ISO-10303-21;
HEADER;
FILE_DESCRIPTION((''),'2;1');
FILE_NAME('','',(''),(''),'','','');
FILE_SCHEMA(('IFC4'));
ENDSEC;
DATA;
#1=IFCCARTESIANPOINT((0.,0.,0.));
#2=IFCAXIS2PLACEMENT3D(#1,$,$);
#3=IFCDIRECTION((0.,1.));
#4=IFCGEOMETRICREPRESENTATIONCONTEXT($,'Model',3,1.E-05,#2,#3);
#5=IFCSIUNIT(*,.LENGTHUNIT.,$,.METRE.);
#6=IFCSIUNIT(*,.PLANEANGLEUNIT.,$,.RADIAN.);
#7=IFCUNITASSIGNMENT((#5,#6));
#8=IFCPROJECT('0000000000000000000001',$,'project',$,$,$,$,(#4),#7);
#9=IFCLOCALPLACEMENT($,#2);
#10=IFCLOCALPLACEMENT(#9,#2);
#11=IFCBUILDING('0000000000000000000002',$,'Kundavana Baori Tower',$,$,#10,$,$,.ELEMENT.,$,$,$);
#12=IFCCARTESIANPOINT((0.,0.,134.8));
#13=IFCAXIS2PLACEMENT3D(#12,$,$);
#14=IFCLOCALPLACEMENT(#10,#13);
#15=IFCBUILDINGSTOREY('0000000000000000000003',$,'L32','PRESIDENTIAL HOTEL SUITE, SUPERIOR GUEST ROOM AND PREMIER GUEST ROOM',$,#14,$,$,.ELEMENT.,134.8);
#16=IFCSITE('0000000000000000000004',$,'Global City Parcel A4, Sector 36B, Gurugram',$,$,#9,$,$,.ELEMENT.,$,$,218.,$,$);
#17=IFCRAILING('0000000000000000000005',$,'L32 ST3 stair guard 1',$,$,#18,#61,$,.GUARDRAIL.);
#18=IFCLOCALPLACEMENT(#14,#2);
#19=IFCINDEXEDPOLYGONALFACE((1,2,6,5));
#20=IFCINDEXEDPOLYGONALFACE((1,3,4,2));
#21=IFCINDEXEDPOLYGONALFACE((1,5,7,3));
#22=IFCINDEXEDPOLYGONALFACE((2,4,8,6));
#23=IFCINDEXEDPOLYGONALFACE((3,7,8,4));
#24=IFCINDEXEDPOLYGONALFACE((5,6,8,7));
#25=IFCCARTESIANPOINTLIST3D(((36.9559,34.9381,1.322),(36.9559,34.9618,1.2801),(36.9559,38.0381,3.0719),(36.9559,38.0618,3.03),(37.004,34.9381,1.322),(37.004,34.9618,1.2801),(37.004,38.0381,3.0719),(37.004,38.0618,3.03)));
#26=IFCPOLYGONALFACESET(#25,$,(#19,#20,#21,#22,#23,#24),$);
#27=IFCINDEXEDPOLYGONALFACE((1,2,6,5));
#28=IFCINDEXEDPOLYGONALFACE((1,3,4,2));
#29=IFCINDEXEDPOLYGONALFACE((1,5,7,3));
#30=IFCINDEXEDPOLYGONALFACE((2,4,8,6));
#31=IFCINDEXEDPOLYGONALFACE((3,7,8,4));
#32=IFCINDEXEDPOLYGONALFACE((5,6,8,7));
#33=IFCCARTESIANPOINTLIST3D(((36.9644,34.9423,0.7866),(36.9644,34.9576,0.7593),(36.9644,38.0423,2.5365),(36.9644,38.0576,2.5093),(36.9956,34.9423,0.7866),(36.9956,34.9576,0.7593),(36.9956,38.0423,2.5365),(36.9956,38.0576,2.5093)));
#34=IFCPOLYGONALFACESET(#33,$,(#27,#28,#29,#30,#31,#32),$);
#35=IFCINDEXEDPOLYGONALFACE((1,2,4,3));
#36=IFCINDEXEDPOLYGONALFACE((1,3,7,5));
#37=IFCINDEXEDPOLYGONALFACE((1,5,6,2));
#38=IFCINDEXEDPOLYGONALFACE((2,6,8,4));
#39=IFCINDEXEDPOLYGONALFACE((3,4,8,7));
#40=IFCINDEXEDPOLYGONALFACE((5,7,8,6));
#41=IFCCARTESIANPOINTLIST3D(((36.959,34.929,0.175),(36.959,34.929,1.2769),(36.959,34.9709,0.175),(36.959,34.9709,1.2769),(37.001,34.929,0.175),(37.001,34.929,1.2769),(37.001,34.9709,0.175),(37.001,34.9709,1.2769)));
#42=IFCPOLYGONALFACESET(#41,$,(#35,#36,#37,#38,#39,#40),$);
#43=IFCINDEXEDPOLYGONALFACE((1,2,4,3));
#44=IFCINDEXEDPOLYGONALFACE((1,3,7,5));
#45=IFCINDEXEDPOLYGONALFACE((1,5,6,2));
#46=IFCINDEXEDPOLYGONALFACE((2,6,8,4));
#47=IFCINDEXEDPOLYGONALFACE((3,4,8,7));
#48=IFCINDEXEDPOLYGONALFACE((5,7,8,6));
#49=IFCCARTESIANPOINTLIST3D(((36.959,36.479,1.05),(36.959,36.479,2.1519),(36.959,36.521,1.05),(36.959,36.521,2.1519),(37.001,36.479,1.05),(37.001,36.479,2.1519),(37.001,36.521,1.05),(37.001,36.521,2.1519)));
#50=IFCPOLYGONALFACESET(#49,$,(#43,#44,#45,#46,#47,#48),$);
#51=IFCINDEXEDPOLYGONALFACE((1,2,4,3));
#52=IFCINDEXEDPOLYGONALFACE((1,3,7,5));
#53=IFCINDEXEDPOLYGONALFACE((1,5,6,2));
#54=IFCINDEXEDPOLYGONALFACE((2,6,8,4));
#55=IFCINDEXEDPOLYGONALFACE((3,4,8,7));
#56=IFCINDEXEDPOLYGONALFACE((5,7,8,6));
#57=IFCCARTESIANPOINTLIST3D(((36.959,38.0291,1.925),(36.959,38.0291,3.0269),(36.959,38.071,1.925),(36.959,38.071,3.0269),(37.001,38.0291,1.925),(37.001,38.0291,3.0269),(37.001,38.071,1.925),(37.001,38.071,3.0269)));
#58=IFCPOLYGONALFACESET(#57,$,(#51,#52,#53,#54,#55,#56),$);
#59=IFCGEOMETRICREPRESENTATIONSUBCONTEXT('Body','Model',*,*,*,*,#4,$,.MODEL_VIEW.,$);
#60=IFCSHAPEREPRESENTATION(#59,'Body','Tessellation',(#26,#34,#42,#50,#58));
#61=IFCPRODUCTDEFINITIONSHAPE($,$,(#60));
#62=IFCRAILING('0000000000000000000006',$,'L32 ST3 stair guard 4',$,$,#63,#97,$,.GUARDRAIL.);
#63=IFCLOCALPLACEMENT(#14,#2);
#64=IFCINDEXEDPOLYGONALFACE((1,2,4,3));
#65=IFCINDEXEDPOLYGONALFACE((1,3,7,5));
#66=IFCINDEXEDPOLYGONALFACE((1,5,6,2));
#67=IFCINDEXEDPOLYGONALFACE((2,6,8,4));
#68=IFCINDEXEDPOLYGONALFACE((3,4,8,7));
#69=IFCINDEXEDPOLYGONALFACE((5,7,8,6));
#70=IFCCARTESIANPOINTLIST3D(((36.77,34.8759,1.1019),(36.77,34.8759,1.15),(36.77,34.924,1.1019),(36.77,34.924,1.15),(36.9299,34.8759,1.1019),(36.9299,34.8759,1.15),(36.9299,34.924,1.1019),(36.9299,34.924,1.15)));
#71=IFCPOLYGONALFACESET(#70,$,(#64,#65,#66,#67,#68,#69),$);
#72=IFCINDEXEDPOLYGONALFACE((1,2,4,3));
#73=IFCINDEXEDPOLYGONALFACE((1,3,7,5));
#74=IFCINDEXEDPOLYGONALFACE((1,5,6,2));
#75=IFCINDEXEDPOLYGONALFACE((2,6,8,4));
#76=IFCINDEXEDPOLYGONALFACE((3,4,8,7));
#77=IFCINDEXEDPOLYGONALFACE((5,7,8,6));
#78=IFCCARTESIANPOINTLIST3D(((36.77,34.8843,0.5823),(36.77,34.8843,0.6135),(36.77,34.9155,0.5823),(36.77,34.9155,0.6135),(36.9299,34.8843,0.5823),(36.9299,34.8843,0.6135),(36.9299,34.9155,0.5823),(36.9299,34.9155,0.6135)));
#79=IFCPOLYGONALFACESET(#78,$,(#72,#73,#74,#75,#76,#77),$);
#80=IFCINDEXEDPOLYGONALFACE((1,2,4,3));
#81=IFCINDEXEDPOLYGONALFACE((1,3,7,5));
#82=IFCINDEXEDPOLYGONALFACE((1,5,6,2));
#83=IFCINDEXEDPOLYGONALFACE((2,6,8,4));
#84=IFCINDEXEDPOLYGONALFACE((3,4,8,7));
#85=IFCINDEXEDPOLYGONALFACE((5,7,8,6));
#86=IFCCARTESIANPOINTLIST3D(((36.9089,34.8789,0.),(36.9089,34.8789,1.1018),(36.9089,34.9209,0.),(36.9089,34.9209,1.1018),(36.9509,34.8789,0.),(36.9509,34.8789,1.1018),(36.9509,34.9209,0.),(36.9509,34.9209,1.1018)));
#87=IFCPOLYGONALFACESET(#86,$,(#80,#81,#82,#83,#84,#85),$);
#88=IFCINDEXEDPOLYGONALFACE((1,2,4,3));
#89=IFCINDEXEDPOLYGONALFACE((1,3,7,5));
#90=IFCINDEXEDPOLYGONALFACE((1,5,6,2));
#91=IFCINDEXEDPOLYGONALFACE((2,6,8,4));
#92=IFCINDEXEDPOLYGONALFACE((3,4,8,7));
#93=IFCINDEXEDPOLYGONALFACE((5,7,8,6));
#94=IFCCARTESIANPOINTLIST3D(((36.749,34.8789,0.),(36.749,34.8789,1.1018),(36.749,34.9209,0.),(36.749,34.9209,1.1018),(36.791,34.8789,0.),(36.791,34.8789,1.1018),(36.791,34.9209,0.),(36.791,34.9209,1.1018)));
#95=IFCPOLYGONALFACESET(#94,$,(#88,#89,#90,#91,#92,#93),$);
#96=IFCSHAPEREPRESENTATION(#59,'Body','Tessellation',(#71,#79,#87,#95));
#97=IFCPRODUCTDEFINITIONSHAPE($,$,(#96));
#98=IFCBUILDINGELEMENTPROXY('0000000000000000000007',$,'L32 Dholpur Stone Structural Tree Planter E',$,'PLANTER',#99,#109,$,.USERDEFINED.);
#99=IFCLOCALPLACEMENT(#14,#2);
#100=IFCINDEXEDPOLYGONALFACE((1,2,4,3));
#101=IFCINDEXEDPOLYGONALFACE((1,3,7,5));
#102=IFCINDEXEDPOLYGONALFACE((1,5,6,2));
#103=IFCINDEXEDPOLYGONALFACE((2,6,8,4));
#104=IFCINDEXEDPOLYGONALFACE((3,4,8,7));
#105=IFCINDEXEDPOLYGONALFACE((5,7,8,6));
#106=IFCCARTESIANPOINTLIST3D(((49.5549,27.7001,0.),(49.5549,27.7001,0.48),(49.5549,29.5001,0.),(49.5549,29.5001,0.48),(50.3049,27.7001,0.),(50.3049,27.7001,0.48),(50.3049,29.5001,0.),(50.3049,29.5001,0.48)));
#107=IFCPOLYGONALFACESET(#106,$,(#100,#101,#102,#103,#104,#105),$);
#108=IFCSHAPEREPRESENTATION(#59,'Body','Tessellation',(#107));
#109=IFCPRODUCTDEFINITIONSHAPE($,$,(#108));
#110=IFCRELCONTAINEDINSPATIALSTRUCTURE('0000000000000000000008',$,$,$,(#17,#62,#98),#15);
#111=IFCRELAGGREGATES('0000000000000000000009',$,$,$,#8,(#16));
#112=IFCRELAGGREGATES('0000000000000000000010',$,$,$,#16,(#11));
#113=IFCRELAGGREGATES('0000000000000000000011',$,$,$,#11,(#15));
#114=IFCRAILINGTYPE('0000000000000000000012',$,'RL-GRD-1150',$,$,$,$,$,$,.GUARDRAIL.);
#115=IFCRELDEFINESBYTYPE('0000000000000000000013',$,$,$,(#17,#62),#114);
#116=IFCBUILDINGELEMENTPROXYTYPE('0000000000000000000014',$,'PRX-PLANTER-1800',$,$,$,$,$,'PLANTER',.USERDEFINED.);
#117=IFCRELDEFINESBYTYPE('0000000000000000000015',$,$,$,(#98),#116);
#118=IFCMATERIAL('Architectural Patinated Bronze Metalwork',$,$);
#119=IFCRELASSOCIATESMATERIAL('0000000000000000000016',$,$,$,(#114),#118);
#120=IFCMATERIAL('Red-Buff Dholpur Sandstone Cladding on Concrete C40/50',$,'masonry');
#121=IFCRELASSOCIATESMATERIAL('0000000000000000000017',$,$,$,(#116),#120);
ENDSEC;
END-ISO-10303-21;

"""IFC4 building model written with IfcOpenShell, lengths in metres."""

from ifc_helpers import new_model, si_unit, direction, frame, origin, origin_2d, place, context, subcontext, project, spatial, rectangle, extrude, material, type_object, element, save


model = new_model("IFC4")

# Units and contexts
model_context = context("Model", 3, precision=1e-05, world=origin(), true_north=direction((0.0, 1.0)))
body_context = subcontext(model_context, "Body", "Model", "MODEL_VIEW")
ifc_project = project(units=[si_unit("LENGTHUNIT", "METRE"), si_unit("PLANEANGLEUNIT", "RADIAN")], contexts=[model_context])

# Site, building, storey
site_placement = place(None, origin())
site = spatial("IfcSite", under=ifc_project, at=site_placement, Name="Global City Parcel A4, Sector 36B, Gurugram", CompositionType="ELEMENT", RefElevation=218.0)
building_placement = place(site_placement, origin())
building = spatial("IfcBuilding", under=site, at=building_placement, Name="Kundavana Baori Tower", CompositionType="ELEMENT")
storey_placement = place(building_placement, frame((0.0, 0.0, 134.8)))
storey = spatial("IfcBuildingStorey", under=building, at=storey_placement, Name="L32", Description="PRESIDENTIAL HOTEL SUITE, SUPERIOR GUEST ROOM AND PREMIER GUEST ROOM", CompositionType="ELEMENT", Elevation=134.8)

# Railings
ifc_material_1 = material(Name="Architectural Patinated Bronze Metalwork")
railing_type = type_object("IfcRailingType", Name="RL-GRD-1150", PredefinedType="GUARDRAIL", material=ifc_material_1)
railing_1_placement = place(storey_placement, frame((36.98, 34.95, 0.175)))
element("IfcRailing", 1, at=railing_1_placement, inside=storey, type_object=railing_type, Name="L32 ST3 stair guard 1", PredefinedType="GUARDRAIL", context=body_context, shape_type="SweptSolid", body=[
    extrude(rectangle(XDim=0.0481, YDim=0.0481, at=origin_2d()), frame((0.0, 0.0, 1.126), z_axis=(0.0, 0.870831, 0.491583), x_axis=(-1.0, 0.0, 0.0)), (0.0, 0.0, 1.0), 3.5598),
    extrude(rectangle(XDim=0.0312, YDim=0.0312, at=origin_2d()), frame((0.0, 0.0, 0.5979), z_axis=(0.0, 0.870831, 0.491583), x_axis=(-1.0, 0.0, 0.0)), (0.0, 0.0, 1.0), 3.5598),
    extrude(rectangle(XDim=0.042, YDim=0.042, at=origin_2d()), origin(), (0.0, 0.0, 1.0), 1.1018),
    extrude(rectangle(XDim=0.042, YDim=0.042, at=origin_2d()), frame((0.0, 1.55, 0.875)), (0.0, 0.0, 1.0), 1.1018),
    extrude(rectangle(XDim=0.042, YDim=0.042, at=origin_2d()), frame((0.0, 3.1001, 1.75)), (0.0, 0.0, 1.0), 1.1018),
])
railing_2_placement = place(storey_placement, frame((36.9299, 34.8999, 0.0)))
element("IfcRailing", 2, at=railing_2_placement, inside=storey, type_object=railing_type, Name="L32 ST3 stair guard 4", PredefinedType="GUARDRAIL", context=body_context, shape_type="SweptSolid", body=[
    extrude(rectangle(XDim=0.0481, YDim=0.0481, at=origin_2d()), frame((0.0, 0.0, 1.126), z_axis=(-1.0, 0.0, 0.0), x_axis=(0.0, -1.0, 0.0)), (0.0, 0.0, 1.0), 0.1599),
    extrude(rectangle(XDim=0.0312, YDim=0.0312, at=origin_2d()), frame((0.0, 0.0, 0.5979), z_axis=(-1.0, 0.0, 0.0), x_axis=(0.0, -1.0, 0.0)), (0.0, 0.0, 1.0), 0.1599),
    extrude(rectangle(XDim=0.042, YDim=0.042, at=origin_2d()), origin(), (0.0, 0.0, 1.0), 1.1018),
    extrude(rectangle(XDim=0.042, YDim=0.042, at=origin_2d()), frame((-0.1599, 0.0, 0.0)), (0.0, 0.0, 1.0), 1.1018),
])

# Building element proxy
ifc_material_2 = material(Name="Red-Buff Dholpur Sandstone Cladding on Concrete C40/50", Category="masonry")
building_element_proxy_type = type_object("IfcBuildingElementProxyType", Name="PRX-PLANTER-1800", ElementType="PLANTER", PredefinedType="USERDEFINED", material=ifc_material_2)
proxy_placement = place(storey_placement, frame((49.9299, 28.6001, 0.0), z_axis=(0.0, 0.0, 1.0), x_axis=(0.0, 1.0, 0.0)))
element("IfcBuildingElementProxy", 3, at=proxy_placement, inside=storey, type_object=building_element_proxy_type, Name="L32 Dholpur Stone Structural Tree Planter E", ObjectType="PLANTER", PredefinedType="USERDEFINED", context=body_context, shape_type="SweptSolid", body=[
    extrude(rectangle(XDim=1.8, YDim=0.75, at=origin_2d()), origin(), (0.0, 0.0, 1.0), 0.48),
])

save(model, "model.ifc")
